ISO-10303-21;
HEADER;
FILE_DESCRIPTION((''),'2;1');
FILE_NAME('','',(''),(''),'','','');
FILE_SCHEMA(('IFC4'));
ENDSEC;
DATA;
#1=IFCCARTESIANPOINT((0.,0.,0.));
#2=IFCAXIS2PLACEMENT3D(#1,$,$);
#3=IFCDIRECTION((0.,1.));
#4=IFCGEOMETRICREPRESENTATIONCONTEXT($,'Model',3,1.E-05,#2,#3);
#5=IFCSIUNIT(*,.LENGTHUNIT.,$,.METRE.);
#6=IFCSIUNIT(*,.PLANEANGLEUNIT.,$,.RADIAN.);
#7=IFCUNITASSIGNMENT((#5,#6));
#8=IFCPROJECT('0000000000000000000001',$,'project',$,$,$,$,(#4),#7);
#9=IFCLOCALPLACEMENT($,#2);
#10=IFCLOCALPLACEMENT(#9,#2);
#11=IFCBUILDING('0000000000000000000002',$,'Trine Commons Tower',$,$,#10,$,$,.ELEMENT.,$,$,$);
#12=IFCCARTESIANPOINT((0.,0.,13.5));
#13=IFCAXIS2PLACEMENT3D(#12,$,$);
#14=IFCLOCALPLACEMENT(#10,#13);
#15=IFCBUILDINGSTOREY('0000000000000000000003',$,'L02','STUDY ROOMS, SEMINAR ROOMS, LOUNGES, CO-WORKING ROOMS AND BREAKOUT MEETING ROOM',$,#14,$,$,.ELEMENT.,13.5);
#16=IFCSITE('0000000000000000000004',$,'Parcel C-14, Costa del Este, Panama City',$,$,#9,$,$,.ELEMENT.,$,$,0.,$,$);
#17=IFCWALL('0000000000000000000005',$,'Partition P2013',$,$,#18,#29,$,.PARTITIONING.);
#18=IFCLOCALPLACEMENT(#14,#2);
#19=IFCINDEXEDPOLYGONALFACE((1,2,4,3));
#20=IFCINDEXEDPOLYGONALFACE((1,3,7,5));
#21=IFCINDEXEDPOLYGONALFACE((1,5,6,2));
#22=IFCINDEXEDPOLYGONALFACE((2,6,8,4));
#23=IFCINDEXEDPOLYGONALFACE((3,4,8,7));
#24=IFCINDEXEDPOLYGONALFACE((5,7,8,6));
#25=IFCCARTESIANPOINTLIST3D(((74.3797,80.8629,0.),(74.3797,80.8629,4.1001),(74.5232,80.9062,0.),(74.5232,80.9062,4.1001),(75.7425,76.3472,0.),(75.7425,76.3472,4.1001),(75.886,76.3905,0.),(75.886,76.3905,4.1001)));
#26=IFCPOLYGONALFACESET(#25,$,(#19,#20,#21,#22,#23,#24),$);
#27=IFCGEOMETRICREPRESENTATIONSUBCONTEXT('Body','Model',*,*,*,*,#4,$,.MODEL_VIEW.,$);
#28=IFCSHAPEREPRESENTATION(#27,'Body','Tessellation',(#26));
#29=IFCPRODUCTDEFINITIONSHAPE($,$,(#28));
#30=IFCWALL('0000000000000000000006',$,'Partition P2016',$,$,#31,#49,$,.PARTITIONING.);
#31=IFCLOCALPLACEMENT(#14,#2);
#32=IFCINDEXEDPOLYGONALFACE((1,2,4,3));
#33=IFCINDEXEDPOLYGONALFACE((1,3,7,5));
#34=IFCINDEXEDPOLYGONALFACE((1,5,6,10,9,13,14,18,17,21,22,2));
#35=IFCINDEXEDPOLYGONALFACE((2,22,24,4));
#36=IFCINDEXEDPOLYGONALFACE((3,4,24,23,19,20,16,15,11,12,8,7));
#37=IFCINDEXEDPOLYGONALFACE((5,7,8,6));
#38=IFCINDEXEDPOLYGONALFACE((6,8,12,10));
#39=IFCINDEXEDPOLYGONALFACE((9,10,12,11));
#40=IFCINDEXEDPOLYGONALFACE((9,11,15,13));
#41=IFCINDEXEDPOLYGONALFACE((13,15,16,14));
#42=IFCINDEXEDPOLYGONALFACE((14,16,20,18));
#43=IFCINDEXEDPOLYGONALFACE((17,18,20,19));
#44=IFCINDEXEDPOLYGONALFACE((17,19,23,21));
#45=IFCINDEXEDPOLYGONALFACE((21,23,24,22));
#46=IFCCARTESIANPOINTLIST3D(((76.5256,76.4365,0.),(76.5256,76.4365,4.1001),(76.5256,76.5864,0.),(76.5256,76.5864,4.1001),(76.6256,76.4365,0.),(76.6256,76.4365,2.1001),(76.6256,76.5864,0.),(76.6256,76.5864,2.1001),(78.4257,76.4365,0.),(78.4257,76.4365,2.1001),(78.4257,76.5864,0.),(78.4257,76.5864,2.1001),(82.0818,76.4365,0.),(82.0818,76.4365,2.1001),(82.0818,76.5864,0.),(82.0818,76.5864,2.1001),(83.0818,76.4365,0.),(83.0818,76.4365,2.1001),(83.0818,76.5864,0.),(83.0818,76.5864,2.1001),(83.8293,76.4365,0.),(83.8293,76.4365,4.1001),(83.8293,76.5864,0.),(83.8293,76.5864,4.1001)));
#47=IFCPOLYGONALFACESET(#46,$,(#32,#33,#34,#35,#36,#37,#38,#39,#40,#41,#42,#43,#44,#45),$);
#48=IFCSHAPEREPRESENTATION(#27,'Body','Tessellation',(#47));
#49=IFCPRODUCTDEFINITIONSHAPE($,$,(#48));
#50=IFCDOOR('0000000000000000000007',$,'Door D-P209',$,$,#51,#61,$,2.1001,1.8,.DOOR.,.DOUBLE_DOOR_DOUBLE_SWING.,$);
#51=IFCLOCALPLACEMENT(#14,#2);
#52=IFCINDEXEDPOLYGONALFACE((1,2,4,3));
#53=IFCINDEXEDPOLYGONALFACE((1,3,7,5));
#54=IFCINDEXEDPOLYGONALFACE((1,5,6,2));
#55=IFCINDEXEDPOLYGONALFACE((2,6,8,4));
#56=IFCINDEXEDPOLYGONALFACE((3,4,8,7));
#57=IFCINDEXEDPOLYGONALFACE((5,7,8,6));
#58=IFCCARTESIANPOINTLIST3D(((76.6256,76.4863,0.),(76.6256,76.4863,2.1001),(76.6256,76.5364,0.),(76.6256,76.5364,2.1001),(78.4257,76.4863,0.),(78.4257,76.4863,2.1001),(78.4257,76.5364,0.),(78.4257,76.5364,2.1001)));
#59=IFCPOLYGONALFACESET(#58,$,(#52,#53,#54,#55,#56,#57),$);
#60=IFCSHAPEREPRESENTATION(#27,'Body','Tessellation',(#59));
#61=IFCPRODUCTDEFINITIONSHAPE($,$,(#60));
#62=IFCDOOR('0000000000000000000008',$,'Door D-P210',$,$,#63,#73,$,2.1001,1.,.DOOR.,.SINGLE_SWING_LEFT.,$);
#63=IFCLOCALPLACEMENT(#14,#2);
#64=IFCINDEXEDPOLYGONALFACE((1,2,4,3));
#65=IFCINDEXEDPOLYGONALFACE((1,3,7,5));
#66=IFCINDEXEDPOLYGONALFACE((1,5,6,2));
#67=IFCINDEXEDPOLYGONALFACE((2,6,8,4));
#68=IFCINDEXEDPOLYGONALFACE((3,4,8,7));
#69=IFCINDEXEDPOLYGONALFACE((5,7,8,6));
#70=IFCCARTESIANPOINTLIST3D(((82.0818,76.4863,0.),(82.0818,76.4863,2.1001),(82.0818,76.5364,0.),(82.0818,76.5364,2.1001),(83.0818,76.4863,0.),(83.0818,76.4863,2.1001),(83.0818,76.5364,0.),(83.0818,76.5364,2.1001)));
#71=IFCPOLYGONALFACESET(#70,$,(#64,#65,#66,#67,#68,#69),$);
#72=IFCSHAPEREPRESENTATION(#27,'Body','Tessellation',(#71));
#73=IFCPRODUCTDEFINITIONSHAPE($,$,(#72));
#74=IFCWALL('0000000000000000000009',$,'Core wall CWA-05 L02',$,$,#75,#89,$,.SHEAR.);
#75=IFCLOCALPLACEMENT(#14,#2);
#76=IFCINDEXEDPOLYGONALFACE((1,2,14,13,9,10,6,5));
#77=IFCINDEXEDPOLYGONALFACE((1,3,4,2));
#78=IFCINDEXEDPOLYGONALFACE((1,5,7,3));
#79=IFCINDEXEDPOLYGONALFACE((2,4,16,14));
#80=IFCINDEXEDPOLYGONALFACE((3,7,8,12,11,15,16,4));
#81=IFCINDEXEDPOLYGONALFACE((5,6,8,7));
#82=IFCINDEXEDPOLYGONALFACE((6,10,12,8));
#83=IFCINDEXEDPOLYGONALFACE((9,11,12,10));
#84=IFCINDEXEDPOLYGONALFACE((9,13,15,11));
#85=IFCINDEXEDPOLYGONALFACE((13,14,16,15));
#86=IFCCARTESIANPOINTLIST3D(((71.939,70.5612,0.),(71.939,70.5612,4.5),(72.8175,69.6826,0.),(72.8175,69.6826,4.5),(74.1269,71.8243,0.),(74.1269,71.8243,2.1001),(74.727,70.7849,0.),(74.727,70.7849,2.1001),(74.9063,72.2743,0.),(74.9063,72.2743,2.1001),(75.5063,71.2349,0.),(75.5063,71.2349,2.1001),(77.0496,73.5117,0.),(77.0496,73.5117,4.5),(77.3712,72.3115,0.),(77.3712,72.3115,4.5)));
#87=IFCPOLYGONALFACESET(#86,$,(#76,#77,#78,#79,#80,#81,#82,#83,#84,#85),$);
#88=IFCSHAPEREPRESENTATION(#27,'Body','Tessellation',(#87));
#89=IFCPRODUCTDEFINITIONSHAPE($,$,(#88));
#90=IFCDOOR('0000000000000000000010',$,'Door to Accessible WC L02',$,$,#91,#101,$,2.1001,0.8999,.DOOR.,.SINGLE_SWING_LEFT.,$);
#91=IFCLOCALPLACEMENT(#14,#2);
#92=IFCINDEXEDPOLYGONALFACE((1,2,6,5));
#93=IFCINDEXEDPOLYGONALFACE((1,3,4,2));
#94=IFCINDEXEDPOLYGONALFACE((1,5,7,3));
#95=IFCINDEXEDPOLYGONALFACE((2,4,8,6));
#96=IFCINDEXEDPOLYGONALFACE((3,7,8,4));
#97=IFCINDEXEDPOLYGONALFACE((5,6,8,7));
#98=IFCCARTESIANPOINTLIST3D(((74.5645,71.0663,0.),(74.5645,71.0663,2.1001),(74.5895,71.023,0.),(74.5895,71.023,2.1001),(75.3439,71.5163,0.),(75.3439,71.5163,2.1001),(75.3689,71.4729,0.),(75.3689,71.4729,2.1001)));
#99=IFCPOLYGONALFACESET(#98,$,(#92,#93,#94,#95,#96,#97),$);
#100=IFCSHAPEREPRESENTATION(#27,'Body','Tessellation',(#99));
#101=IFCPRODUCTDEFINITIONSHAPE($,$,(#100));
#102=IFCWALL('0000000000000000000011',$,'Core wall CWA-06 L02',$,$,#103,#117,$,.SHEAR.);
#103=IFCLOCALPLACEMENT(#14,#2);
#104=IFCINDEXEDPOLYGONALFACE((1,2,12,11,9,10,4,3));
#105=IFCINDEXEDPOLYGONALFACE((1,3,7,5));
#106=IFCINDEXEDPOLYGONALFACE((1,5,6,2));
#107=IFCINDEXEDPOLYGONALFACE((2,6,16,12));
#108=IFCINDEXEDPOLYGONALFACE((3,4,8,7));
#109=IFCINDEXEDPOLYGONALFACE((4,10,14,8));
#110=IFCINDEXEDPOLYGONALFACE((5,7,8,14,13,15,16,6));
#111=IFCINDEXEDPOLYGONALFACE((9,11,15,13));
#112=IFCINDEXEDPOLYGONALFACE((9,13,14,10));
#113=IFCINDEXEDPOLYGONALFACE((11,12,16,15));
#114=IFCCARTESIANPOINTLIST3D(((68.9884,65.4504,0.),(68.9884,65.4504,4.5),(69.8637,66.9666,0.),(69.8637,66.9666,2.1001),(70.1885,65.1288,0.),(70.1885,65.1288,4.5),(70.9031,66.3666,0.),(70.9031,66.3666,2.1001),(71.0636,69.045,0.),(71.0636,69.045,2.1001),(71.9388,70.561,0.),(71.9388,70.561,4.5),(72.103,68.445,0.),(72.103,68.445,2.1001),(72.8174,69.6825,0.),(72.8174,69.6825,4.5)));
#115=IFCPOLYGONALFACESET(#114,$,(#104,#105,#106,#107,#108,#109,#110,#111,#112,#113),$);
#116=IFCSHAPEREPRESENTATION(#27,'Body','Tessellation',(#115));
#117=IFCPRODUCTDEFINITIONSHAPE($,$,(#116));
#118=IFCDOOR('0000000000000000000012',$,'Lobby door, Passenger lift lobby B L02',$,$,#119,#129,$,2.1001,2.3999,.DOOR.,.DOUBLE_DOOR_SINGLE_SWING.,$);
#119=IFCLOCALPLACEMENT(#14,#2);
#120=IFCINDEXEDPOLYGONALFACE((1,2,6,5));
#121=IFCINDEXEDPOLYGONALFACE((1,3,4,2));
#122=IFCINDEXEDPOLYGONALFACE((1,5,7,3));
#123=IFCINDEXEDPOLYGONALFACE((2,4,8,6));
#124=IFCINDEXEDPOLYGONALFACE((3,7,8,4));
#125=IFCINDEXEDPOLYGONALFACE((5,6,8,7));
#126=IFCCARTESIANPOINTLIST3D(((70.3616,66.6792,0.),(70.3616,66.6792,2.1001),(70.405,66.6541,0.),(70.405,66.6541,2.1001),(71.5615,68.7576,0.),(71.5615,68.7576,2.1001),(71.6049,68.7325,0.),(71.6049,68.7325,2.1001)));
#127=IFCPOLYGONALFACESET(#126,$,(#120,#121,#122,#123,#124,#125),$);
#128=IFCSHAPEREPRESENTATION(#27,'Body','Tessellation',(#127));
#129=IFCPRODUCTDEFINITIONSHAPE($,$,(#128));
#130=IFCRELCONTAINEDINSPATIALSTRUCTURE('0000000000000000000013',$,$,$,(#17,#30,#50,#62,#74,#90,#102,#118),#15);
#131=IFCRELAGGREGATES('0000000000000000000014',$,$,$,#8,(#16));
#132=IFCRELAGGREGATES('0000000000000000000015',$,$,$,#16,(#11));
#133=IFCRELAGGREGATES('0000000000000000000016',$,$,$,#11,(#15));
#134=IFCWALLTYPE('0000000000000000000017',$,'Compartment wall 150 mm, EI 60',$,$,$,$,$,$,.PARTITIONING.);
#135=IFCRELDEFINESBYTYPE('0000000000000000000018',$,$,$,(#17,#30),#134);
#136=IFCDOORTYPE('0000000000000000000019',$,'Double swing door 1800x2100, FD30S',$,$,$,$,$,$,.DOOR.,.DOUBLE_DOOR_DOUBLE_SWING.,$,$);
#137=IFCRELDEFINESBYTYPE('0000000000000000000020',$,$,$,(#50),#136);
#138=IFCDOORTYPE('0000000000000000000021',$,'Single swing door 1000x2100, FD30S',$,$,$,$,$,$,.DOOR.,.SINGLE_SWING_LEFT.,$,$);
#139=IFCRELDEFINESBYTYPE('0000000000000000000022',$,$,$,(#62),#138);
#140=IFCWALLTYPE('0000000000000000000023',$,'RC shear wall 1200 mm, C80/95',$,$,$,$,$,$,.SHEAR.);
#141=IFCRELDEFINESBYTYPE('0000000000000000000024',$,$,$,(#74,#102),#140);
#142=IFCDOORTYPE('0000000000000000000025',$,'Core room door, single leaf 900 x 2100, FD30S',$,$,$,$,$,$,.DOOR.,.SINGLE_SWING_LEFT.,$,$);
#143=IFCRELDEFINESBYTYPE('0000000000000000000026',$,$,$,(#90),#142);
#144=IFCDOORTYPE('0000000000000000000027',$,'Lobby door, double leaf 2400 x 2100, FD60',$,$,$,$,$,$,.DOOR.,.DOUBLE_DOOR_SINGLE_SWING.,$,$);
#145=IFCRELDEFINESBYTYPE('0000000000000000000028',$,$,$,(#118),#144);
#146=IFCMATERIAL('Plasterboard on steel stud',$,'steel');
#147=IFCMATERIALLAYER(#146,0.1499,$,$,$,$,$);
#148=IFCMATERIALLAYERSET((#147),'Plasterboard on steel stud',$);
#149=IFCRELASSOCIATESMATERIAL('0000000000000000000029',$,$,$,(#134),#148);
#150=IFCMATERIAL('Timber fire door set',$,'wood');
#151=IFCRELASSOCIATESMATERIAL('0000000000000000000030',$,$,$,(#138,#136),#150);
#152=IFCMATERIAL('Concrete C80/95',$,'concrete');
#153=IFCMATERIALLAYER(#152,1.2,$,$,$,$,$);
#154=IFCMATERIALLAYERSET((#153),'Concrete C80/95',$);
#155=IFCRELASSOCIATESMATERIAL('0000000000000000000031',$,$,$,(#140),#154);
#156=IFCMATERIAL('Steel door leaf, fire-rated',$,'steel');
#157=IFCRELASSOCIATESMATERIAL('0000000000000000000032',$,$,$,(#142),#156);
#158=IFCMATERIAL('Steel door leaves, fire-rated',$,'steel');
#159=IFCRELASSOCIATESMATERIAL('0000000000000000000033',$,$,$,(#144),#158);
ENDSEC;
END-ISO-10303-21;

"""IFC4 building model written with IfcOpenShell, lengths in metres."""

from ifc_helpers import new_model, si_unit, direction, frame, frame_2d, origin, place, context, subcontext, project, spatial, polyline, rectangle, outline, extrude, material, layer, layer_set, type_object, element, fill, save


model = new_model("IFC4")

# Units and contexts
model_context = context("Model", 3, precision=1e-05, world=origin(), true_north=direction((0.0, 1.0)))
body_context = subcontext(model_context, "Body", "Model", "MODEL_VIEW")
ifc_project = project(units=[si_unit("LENGTHUNIT", "METRE"), si_unit("PLANEANGLEUNIT", "RADIAN")], contexts=[model_context])

# Site, building, storey
site_placement = place(None, origin())
site = spatial("IfcSite", under=ifc_project, at=site_placement, Name="Parcel C-14, Costa del Este, Panama City", CompositionType="ELEMENT", RefElevation=0.0)
building_placement = place(site_placement, origin())
building = spatial("IfcBuilding", under=site, at=building_placement, Name="Trine Commons Tower", CompositionType="ELEMENT")
storey_placement = place(building_placement, frame((0.0, 0.0, 13.5)))
storey = spatial("IfcBuildingStorey", under=building, at=storey_placement, Name="L02", Description="STUDY ROOMS, SEMINAR ROOMS, LOUNGES, CO-WORKING ROOMS AND BREAKOUT MEETING ROOM", CompositionType="ELEMENT", Elevation=13.5)

# Shared definitions
ifc_material_1 = material(Name="Concrete C80/95", Category="concrete")

# Shared definitions
ifc_material_2 = material(Name="Plasterboard on steel stud", Category="steel")
ifc_layer_1 = layer(ifc_material_2, 0.1499)
ifc_layer_set_1 = layer_set([ifc_layer_1], Name="Plasterboard on steel stud")
wall_type_1 = type_object("IfcWallType", Name="Compartment wall 150 mm, EI 60", PredefinedType="PARTITIONING", material=ifc_layer_set_1)
ifc_material_3 = material(Name="Timber fire door set", Category="wood")
door_type_1 = type_object("IfcDoorType", Name="Single swing door 1000x2100, FD30S", OperationType="SINGLE_SWING_LEFT", PredefinedType="DOOR", material=ifc_material_3)

# Wall
wall_1_placement = place(storey_placement, frame((74.4514, 80.8845, 0.0), z_axis=(0.0, 0.0, 1.0), x_axis=(0.288924, -0.957352, 0.0)))
element("IfcWall", 1, at=wall_1_placement, inside=storey, type_object=wall_type_1, Name="Partition P2013", PredefinedType="PARTITIONING", context=body_context, shape_type="SweptSolid", body=[
    extrude(rectangle(XDim=4.7168, YDim=0.1499, at=frame_2d((2.3584, 0.0))), origin(), (0.0, 0.0, 1.0), 4.1001),
])

# Wall, openings, doors
wall_2_placement = place(storey_placement, frame((76.5256, 76.5115, 0.0), z_axis=(0.0, 0.0, 1.0), x_axis=(1.0, 0.0, 0.0)))
wall_2 = element("IfcWall", 2, at=wall_2_placement, inside=storey, type_object=wall_type_1, Name="Partition P2016", PredefinedType="PARTITIONING", context=body_context, shape_type="SweptSolid", body=[
    extrude(rectangle(XDim=7.3037, YDim=0.1499, at=frame_2d((3.6519, 0.0))), origin(), (0.0, 0.0, 1.0), 4.1001),
])
opening_1_placement = place(wall_2_placement, frame((0.1001, 0.0, 0.0)))
opening_1 = element("IfcOpeningElement", 3, at=opening_1_placement, cuts=wall_2, PredefinedType="OPENING", context=body_context, shape_type="SweptSolid", body=[
    extrude(rectangle(XDim=1.8, YDim=2.1001, at=frame_2d((0.8999, 1.05))), frame((0.0, 0.085, 0.0), z_axis=(0.0, -1.0, 0.0), x_axis=(1.0, 0.0, 0.0)), (0.0, 0.0, 1.0), 0.1699),
])
opening_2_placement = place(wall_2_placement, frame((5.5562, 0.0, 0.0)))
opening_2 = element("IfcOpeningElement", 4, at=opening_2_placement, cuts=wall_2, PredefinedType="OPENING", context=body_context, shape_type="SweptSolid", body=[
    extrude(rectangle(XDim=1.0, YDim=2.1001, at=frame_2d((0.5, 1.05))), frame((0.0, 0.085, 0.0), z_axis=(0.0, -1.0, 0.0), x_axis=(1.0, 0.0, 0.0)), (0.0, 0.0, 1.0), 0.1699),
])
door_type_2 = type_object("IfcDoorType", Name="Double swing door 1800x2100, FD30S", OperationType="DOUBLE_DOOR_DOUBLE_SWING", PredefinedType="DOOR", material=ifc_material_3)
door_1_placement = place(opening_1_placement, origin())
door_1 = element("IfcDoor", 5, at=door_1_placement, inside=storey, type_object=door_type_2, Name="Door D-P209", OperationType="DOUBLE_DOOR_DOUBLE_SWING", OverallHeight=2.1001, OverallWidth=1.8, PredefinedType="DOOR", context=body_context, shape_type="SweptSolid", body=[
    extrude(rectangle(XDim=1.8, YDim=2.1001, at=frame_2d((0.8999, 1.05))), frame((0.0, 0.0249, 0.0), z_axis=(0.0, -1.0, 0.0), x_axis=(1.0, 0.0, 0.0)), (0.0, 0.0, 1.0), 0.05),
])
fill(opening_1, door_1)
door_2_placement = place(opening_2_placement, origin())
door_2 = element("IfcDoor", 6, at=door_2_placement, inside=storey, type_object=door_type_1, Name="Door D-P210", OperationType="SINGLE_SWING_LEFT", OverallHeight=2.1001, OverallWidth=1.0, PredefinedType="DOOR", context=body_context, shape_type="SweptSolid", body=[
    extrude(rectangle(XDim=1.0, YDim=2.1001, at=frame_2d((0.5, 1.05))), frame((0.0, 0.0249, 0.0), z_axis=(0.0, -1.0, 0.0), x_axis=(1.0, 0.0, 0.0)), (0.0, 0.0, 1.0), 0.05),
])
fill(opening_2, door_2)

# Walls, openings, doors
ifc_layer_2 = layer(ifc_material_1, 1.2)
ifc_layer_set_2 = layer_set([ifc_layer_2], Name="Concrete C80/95")
wall_type_2 = type_object("IfcWallType", Name="RC shear wall 1200 mm, C80/95", PredefinedType="SHEAR", material=ifc_layer_set_2)
wall_3_placement = place(storey_placement, frame((77.3496, 72.9919, 0.0), z_axis=(0.0, 0.0, 1.0), x_axis=(-0.866037, -0.499979, 0.0)))
wall_3 = element("IfcWall", 7, at=wall_3_placement, inside=storey, type_object=wall_type_2, Name="Core wall CWA-05 L02", PredefinedType="SHEAR", context=body_context, shape_type="SweptSolid", body=[
    extrude(outline(polyline([(0.0, -0.6001), (5.9011, -0.6001), (5.5796, 0.6001), (0.3215, 0.6001), (0.0, -0.6001)])), origin(), (0.0, 0.0, 1.0), 4.5),
])
opening_3_placement = place(wall_3_placement, frame((2.4749, 0.0, 0.0)))
opening_3 = element("IfcOpeningElement", 8, at=opening_3_placement, cuts=wall_3, PredefinedType="OPENING", context=body_context, shape_type="SweptSolid", body=[
    extrude(rectangle(XDim=0.8999, YDim=2.1001, at=frame_2d((0.45, 1.05))), frame((0.0, 0.6099, 0.0), z_axis=(0.0, -1.0, 0.0), x_axis=(1.0, 0.0, 0.0)), (0.0, 0.0, 1.0), 1.22),
])
ifc_material_4 = material(Name="Steel door leaf, fire-rated", Category="steel")
door_type_3 = type_object("IfcDoorType", Name="Core room door, single leaf 900 x 2100, FD30S", OperationType="SINGLE_SWING_LEFT", PredefinedType="DOOR", material=ifc_material_4)
door_3_placement = place(opening_3_placement, origin())
door_3 = element("IfcDoor", 9, at=door_3_placement, inside=storey, type_object=door_type_3, Name="Door to Accessible WC L02", OperationType="SINGLE_SWING_LEFT", OverallHeight=2.1001, OverallWidth=0.8999, PredefinedType="DOOR", context=body_context, shape_type="SweptSolid", body=[
    extrude(rectangle(XDim=0.8999, YDim=2.1001, at=frame_2d((0.45, 1.05))), frame((0.0, 0.3252, 0.0), z_axis=(0.0, -1.0, 0.0), x_axis=(1.0, 0.0, 0.0)), (0.0, 0.0, 1.0), 0.05),
])
fill(opening_3, door_3)
wall_4_placement = place(storey_placement, frame((72.4585, 70.261, 0.0), z_axis=(0.0, 0.0, 1.0), x_axis=(-0.499979, -0.866037, 0.0)))
wall_4 = element("IfcWall", 10, at=wall_4_placement, inside=storey, type_object=wall_type_2, Name="Core wall CWA-06 L02", PredefinedType="SHEAR", context=body_context, shape_type="SweptSolid", body=[
    extrude(outline(polyline([(0.0, -0.6001), (5.9011, -0.6001), (5.5796, 0.6001), (0.3215, 0.6001), (0.0, -0.6001)])), origin(), (0.0, 0.0, 1.0), 4.5),
])
opening_4_placement = place(wall_4_placement, frame((1.7505, 0.0, 0.0)))
opening_4 = element("IfcOpeningElement", 11, at=opening_4_placement, cuts=wall_4, PredefinedType="OPENING", context=body_context, shape_type="SweptSolid", body=[
    extrude(rectangle(XDim=2.3999, YDim=2.1001, at=frame_2d((1.2, 1.05))), frame((0.0, 0.6099, 0.0), z_axis=(0.0, -1.0, 0.0), x_axis=(1.0, 0.0, 0.0)), (0.0, 0.0, 1.0), 1.22),
])
ifc_material_5 = material(Name="Steel door leaves, fire-rated", Category="steel")
door_type_4 = type_object("IfcDoorType", Name="Lobby door, double leaf 2400 x 2100, FD60", OperationType="DOUBLE_DOOR_SINGLE_SWING", PredefinedType="DOOR", material=ifc_material_5)
door_4_placement = place(opening_4_placement, origin())
door_4 = element("IfcDoor", 12, at=door_4_placement, inside=storey, type_object=door_type_4, Name="Lobby door, Passenger lift lobby B L02", OperationType="DOUBLE_DOOR_SINGLE_SWING", OverallHeight=2.1001, OverallWidth=2.3999, PredefinedType="DOOR", context=body_context, shape_type="SweptSolid", body=[
    extrude(rectangle(XDim=2.3999, YDim=2.1001, at=frame_2d((1.2, 1.05))), frame((0.0, 0.0249, 0.0), z_axis=(0.0, -1.0, 0.0), x_axis=(1.0, 0.0, 0.0)), (0.0, 0.0, 1.0), 0.05),
])
fill(opening_4, door_4)

save(model, "model.ifc")
